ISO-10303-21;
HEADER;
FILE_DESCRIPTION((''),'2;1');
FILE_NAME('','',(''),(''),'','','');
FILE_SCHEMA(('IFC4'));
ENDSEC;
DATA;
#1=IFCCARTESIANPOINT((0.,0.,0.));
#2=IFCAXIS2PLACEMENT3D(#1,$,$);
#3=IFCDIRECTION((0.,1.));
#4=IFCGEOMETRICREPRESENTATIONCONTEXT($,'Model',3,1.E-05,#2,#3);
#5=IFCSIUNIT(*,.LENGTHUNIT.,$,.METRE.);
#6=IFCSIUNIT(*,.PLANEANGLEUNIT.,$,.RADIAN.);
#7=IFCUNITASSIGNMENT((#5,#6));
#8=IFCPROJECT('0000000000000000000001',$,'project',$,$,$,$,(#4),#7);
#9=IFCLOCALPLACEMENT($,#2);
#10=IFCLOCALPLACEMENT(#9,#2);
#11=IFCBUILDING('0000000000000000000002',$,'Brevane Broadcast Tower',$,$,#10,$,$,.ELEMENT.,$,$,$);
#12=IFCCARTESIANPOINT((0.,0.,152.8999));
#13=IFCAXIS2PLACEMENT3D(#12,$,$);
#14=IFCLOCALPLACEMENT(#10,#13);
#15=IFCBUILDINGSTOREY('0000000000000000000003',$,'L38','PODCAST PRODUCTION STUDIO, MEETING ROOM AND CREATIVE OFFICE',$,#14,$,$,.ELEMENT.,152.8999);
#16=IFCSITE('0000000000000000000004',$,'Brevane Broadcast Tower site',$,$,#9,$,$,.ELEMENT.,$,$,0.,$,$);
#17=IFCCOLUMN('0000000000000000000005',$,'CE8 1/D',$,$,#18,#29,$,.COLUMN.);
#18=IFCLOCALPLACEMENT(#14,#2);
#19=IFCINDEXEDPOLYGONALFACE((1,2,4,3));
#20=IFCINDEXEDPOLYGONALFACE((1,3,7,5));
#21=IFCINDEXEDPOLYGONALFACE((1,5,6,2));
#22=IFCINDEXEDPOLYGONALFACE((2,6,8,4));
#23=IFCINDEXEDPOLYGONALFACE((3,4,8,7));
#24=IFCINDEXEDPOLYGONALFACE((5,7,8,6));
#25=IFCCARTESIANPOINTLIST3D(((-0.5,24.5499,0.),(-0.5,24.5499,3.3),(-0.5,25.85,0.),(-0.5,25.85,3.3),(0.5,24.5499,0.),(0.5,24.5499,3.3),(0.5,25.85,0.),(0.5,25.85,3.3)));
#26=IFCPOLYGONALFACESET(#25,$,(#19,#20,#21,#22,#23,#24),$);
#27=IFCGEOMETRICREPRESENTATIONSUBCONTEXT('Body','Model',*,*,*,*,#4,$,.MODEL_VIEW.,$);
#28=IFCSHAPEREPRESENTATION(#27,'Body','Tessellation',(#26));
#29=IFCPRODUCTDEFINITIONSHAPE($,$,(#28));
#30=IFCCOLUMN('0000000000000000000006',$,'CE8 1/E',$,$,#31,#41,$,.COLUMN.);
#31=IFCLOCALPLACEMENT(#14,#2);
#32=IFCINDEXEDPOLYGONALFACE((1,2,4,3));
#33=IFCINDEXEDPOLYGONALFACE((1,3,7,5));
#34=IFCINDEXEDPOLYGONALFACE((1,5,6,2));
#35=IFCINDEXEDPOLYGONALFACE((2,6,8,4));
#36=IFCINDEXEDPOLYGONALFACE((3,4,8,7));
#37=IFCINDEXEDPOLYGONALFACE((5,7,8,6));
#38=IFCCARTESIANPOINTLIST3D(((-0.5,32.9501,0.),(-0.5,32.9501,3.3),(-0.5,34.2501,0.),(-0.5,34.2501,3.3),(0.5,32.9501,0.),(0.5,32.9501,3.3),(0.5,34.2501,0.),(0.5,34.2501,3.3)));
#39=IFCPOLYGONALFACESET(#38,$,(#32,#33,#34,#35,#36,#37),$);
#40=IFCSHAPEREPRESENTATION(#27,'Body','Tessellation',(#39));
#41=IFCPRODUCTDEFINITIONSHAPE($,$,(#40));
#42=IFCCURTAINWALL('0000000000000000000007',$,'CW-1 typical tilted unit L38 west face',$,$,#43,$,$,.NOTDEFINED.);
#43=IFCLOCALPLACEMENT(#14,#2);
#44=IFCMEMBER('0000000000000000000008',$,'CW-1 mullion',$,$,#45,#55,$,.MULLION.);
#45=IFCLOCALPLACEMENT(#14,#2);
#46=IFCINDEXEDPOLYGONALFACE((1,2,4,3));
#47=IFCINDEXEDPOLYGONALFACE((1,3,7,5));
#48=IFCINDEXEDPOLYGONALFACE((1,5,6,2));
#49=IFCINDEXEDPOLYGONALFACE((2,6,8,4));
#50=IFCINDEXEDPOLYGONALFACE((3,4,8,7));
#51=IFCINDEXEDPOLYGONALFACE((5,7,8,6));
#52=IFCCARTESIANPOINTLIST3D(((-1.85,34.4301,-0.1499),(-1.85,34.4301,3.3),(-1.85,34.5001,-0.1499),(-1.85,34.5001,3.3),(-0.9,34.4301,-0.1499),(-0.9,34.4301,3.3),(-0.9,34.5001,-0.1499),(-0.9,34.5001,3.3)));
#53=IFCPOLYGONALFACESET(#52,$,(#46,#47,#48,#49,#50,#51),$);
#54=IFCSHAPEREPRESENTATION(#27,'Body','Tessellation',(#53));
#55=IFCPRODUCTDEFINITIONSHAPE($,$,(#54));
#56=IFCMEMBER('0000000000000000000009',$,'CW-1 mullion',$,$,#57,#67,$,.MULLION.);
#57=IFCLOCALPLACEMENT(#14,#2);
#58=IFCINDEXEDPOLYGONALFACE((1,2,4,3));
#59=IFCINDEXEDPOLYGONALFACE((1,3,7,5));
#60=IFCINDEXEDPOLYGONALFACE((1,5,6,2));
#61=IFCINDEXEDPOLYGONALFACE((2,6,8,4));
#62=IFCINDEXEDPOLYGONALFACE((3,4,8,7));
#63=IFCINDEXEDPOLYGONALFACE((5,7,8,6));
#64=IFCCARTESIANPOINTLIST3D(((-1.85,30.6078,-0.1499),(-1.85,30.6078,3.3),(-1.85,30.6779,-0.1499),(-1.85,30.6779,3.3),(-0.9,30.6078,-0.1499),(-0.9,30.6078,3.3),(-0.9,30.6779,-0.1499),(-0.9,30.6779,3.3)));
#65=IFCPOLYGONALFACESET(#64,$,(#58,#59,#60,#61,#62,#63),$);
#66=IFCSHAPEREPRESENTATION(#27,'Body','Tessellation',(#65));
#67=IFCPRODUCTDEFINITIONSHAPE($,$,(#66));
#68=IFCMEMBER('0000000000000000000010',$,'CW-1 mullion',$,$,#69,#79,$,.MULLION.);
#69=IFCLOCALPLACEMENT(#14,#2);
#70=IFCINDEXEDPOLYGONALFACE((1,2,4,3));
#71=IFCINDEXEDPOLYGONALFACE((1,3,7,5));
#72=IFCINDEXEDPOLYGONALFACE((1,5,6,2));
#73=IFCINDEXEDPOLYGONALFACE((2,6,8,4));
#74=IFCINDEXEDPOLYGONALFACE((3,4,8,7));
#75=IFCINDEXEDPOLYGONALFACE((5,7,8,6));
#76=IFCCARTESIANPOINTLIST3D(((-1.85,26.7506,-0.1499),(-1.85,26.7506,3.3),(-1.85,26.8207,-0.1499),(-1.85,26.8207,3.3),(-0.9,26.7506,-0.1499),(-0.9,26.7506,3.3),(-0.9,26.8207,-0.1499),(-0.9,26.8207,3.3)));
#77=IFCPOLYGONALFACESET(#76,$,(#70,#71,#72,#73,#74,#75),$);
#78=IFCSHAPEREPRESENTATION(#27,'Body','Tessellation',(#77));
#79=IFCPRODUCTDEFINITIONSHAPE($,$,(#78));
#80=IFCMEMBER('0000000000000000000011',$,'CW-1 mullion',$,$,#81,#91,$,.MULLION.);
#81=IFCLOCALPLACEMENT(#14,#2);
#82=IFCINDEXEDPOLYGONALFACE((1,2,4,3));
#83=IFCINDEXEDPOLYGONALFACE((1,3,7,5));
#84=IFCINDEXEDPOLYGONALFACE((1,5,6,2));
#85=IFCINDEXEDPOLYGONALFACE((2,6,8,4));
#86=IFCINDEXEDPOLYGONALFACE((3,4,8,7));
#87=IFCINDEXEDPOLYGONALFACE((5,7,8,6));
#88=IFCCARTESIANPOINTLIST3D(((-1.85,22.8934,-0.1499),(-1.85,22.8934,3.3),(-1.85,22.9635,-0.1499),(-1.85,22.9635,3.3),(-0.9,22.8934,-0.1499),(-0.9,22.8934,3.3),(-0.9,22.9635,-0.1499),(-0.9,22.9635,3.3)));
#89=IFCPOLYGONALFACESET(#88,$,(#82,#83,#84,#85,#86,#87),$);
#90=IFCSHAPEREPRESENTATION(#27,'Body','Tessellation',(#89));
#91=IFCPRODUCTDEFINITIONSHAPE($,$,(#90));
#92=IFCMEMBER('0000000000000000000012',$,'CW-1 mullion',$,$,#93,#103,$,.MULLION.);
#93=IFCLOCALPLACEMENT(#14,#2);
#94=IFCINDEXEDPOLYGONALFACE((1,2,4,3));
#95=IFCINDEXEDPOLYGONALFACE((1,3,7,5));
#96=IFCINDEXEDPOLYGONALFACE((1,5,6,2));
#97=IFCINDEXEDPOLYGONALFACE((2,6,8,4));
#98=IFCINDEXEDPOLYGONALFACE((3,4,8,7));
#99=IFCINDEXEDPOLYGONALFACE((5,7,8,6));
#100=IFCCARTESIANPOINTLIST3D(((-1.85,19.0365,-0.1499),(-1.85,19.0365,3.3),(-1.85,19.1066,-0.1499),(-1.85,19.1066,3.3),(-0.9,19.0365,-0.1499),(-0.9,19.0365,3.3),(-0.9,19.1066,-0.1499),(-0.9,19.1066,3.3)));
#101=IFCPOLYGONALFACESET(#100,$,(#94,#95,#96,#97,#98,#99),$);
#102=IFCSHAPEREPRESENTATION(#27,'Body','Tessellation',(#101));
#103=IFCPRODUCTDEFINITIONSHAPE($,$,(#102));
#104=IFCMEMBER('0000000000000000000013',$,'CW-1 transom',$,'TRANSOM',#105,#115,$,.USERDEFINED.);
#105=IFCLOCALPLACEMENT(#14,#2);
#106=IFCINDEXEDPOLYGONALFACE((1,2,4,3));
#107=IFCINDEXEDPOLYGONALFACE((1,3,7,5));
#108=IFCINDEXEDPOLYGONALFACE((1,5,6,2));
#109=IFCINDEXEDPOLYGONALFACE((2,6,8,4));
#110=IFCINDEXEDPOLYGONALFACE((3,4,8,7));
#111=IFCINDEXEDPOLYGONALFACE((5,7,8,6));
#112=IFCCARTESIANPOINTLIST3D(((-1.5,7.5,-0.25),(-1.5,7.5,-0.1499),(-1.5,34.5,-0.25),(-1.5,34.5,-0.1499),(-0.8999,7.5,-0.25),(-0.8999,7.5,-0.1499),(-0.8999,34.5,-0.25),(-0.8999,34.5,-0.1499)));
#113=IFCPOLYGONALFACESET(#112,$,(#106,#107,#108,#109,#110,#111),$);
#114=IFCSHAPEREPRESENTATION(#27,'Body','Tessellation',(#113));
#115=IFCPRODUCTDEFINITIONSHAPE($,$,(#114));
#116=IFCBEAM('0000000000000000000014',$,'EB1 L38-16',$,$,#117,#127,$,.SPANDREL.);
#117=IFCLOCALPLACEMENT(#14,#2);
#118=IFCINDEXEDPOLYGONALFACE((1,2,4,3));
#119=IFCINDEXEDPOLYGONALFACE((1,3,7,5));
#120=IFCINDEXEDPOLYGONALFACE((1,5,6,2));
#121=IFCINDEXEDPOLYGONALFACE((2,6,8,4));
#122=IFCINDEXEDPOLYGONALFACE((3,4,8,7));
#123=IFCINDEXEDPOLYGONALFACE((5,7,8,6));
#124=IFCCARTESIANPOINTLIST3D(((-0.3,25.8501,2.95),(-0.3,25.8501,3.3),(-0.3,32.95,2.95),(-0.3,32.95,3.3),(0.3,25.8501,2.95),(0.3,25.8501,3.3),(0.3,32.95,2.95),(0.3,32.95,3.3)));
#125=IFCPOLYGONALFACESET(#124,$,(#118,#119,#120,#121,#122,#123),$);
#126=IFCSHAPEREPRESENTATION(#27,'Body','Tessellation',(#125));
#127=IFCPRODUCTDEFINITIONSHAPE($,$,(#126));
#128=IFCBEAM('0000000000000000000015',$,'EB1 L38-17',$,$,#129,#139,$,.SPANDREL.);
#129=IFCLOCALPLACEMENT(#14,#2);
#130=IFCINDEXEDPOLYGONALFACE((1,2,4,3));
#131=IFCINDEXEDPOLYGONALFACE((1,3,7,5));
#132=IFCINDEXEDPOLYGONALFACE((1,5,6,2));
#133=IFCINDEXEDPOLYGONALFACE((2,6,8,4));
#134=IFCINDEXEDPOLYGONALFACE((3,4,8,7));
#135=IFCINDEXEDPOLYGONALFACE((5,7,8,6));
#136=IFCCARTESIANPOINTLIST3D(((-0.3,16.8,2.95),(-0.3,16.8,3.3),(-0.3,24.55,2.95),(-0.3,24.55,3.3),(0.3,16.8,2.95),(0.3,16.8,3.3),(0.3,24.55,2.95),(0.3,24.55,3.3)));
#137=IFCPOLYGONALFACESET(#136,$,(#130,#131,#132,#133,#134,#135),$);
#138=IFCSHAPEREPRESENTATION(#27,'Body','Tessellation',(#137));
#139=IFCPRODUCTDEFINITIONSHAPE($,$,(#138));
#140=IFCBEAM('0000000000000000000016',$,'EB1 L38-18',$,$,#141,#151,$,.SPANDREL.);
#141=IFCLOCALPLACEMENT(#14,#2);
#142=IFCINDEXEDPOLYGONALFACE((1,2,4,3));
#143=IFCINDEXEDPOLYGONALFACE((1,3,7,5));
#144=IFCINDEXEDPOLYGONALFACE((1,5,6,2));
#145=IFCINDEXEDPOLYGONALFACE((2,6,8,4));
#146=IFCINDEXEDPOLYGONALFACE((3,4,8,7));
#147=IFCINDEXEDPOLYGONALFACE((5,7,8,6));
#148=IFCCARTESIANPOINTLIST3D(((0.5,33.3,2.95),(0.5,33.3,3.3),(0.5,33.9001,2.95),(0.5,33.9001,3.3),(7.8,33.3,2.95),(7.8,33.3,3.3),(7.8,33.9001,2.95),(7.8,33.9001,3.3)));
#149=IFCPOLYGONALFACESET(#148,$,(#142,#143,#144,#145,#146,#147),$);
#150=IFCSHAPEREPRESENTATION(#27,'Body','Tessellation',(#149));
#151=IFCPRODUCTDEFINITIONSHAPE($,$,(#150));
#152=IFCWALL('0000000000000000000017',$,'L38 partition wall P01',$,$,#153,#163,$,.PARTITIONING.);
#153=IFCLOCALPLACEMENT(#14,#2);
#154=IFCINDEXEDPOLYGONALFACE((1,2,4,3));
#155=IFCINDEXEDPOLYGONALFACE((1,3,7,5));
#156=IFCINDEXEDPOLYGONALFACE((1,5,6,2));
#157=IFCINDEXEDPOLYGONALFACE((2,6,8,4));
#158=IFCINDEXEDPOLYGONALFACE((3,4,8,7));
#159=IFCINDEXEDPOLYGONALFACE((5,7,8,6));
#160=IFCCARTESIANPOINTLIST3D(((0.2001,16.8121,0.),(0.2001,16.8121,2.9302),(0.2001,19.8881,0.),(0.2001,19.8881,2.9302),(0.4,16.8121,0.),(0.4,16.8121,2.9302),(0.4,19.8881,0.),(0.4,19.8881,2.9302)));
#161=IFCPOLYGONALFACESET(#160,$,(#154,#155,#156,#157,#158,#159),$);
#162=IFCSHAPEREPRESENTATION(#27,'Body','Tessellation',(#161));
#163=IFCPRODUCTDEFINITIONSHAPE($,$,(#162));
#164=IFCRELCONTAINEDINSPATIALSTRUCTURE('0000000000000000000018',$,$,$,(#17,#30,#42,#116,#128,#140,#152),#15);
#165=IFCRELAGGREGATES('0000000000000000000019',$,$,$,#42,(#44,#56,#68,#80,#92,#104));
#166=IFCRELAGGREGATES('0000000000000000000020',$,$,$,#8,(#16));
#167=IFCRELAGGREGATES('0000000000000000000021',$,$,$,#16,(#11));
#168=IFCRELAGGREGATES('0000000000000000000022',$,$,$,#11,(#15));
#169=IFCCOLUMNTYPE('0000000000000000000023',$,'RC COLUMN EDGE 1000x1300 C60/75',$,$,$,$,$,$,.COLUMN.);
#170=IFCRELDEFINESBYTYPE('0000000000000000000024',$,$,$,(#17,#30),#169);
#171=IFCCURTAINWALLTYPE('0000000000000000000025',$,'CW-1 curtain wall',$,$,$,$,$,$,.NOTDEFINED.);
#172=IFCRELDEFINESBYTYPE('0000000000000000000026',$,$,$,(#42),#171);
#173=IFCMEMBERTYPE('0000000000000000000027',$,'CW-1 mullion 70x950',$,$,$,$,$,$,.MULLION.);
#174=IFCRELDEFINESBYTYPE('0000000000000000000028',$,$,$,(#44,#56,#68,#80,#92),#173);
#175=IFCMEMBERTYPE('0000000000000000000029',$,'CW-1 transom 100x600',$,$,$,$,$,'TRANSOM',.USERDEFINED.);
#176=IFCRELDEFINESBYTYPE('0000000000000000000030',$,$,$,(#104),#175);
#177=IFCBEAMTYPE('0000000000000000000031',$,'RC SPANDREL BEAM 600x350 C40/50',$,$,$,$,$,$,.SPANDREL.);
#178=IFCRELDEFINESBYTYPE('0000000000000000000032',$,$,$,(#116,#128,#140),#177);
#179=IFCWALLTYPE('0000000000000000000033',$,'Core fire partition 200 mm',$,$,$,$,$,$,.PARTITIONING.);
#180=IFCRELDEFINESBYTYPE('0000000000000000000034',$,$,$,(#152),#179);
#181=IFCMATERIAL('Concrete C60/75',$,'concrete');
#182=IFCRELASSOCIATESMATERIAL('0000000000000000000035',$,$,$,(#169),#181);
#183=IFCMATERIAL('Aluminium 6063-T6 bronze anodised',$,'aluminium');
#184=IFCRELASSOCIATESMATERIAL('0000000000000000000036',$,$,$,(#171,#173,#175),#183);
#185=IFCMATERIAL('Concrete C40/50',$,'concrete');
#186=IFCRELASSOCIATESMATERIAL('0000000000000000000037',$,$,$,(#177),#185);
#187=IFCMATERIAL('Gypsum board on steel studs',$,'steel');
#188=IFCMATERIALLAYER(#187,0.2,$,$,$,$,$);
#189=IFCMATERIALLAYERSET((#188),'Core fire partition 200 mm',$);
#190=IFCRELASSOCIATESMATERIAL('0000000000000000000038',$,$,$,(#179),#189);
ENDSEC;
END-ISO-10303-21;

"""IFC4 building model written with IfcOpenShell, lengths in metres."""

from ifc_helpers import new_model, si_unit, direction, frame, frame_2d, origin, origin_2d, place, context, subcontext, project, spatial, rectangle, extrude, material, layer, layer_set, material_profile, profile_set, type_object, element, aggregate, save


model = new_model("IFC4")

# Units and contexts
model_context = context("Model", 3, precision=1e-05, world=origin(), true_north=direction((0.0, 1.0)))
body_context = subcontext(model_context, "Body", "Model", "MODEL_VIEW")
ifc_project = project(units=[si_unit("LENGTHUNIT", "METRE"), si_unit("PLANEANGLEUNIT", "RADIAN")], contexts=[model_context])

# Site, building, storey
site_placement = place(None, origin())
site = spatial("IfcSite", under=ifc_project, at=site_placement, Name="Brevane Broadcast Tower site", CompositionType="ELEMENT", RefElevation=0.0)
building_placement = place(site_placement, origin())
building = spatial("IfcBuilding", under=site, at=building_placement, Name="Brevane Broadcast Tower", CompositionType="ELEMENT")
storey_placement = place(building_placement, frame((0.0, 0.0, 152.8999)))
storey = spatial("IfcBuildingStorey", under=building, at=storey_placement, Name="L38", Description="PODCAST PRODUCTION STUDIO, MEETING ROOM AND CREATIVE OFFICE", CompositionType="ELEMENT", Elevation=152.8999)

# Columns
ifc_material_1 = material(Name="Concrete C60/75", Category="concrete")
ifc_material_profile_1 = material_profile(ifc_material_1, rectangle(XDim=1.0, YDim=1.3, at=origin_2d()), Name="RC 1000x1300")
ifc_profile_set_1 = profile_set([ifc_material_profile_1], Name="Concrete C60/75")
column_type = type_object("IfcColumnType", Name="RC COLUMN EDGE 1000x1300 C60/75", PredefinedType="COLUMN", material=ifc_profile_set_1)
for number, where, z_axis, x_axis, name in (
    (1, (0.0, 25.2, 0.0), (0.0, 0.0, 1.0), (1.0, 0.0, 0.0), "CE8 1/D"),
    (2, (0.0, 33.6001, 0.0), (0.0, 0.0, 1.0), (1.0, 0.0, 0.0), "CE8 1/E"),
):
    element("IfcColumn", number, at=place(storey_placement, frame(where, z_axis=z_axis, x_axis=x_axis)), inside=storey, type_object=column_type, Name=name, PredefinedType="COLUMN", context=body_context, shape_type="SweptSolid", body=[
        extrude(rectangle(XDim=1.0, YDim=1.3, at=origin_2d()), origin(), (0.0, 0.0, 1.0), 3.3),
    ])

# Curtain wall, members
ifc_material_2 = material(Name="Aluminium 6063-T6 bronze anodised", Category="aluminium")
curtain_wall_type = type_object("IfcCurtainWallType", Name="CW-1 curtain wall", PredefinedType="NOTDEFINED", material=ifc_material_2)
curtain_wall_placement = place(storey_placement, origin())
curtain_wall = element("IfcCurtainWall", 3, at=curtain_wall_placement, inside=storey, type_object=curtain_wall_type, Name="CW-1 typical tilted unit L38 west face", PredefinedType="NOTDEFINED")
ifc_material_profile_2 = material_profile(ifc_material_2, rectangle(XDim=0.95, YDim=0.0701, at=origin_2d()), Name="RECT 70x950")
ifc_profile_set_2 = profile_set([ifc_material_profile_2], Name="Aluminium 6063-T6 bronze anodised")
member_type_1 = type_object("IfcMemberType", Name="CW-1 mullion 70x950", PredefinedType="MULLION", material=ifc_profile_set_2)
member_1_placement = place(storey_placement, frame((-1.375, 34.4651, -0.1499), z_axis=(0.0, 0.0, 1.0), x_axis=(1.0, 0.0, 0.0)))
member_1 = element("IfcMember", 4, at=member_1_placement, type_object=member_type_1, Name="CW-1 mullion", PredefinedType="MULLION", context=body_context, shape_type="SweptSolid", body=[
    extrude(rectangle(XDim=0.95, YDim=0.0701, at=origin_2d()), origin(), (0.0, 0.0, 1.0), 3.45),
])
member_2_placement = place(storey_placement, frame((-1.375, 30.6428, -0.1499), z_axis=(0.0, 0.0, 1.0), x_axis=(1.0, 0.0, 0.0)))
member_2 = element("IfcMember", 5, at=member_2_placement, type_object=member_type_1, Name="CW-1 mullion", PredefinedType="MULLION", context=body_context, shape_type="SweptSolid", body=[
    extrude(rectangle(XDim=0.95, YDim=0.0701, at=origin_2d()), origin(), (0.0, 0.0, 1.0), 3.45),
])
member_3_placement = place(storey_placement, frame((-1.375, 26.7856, -0.1499), z_axis=(0.0, 0.0, 1.0), x_axis=(1.0, 0.0, 0.0)))
member_3 = element("IfcMember", 6, at=member_3_placement, type_object=member_type_1, Name="CW-1 mullion", PredefinedType="MULLION", context=body_context, shape_type="SweptSolid", body=[
    extrude(rectangle(XDim=0.95, YDim=0.0701, at=origin_2d()), origin(), (0.0, 0.0, 1.0), 3.45),
])
member_4_placement = place(storey_placement, frame((-1.375, 22.9285, -0.1499), z_axis=(0.0, 0.0, 1.0), x_axis=(1.0, 0.0, 0.0)))
member_4 = element("IfcMember", 7, at=member_4_placement, type_object=member_type_1, Name="CW-1 mullion", PredefinedType="MULLION", context=body_context, shape_type="SweptSolid", body=[
    extrude(rectangle(XDim=0.95, YDim=0.0701, at=origin_2d()), origin(), (0.0, 0.0, 1.0), 3.45),
])
member_5_placement = place(storey_placement, frame((-1.375, 19.0715, -0.1499), z_axis=(0.0, 0.0, 1.0), x_axis=(1.0, 0.0, 0.0)))
member_5 = element("IfcMember", 8, at=member_5_placement, type_object=member_type_1, Name="CW-1 mullion", PredefinedType="MULLION", context=body_context, shape_type="SweptSolid", body=[
    extrude(rectangle(XDim=0.95, YDim=0.0701, at=origin_2d()), origin(), (0.0, 0.0, 1.0), 3.45),
])
ifc_material_profile_3 = material_profile(ifc_material_2, rectangle(XDim=0.6001, YDim=0.1001, at=origin_2d()), Name="RECT 100x600")
ifc_profile_set_3 = profile_set([ifc_material_profile_3], Name="Aluminium 6063-T6 bronze anodised")
member_type_2 = type_object("IfcMemberType", Name="CW-1 transom 100x600", ElementType="TRANSOM", PredefinedType="USERDEFINED", material=ifc_profile_set_3)
member_6_placement = place(storey_placement, frame((-1.2, 34.5, -0.2), z_axis=(0.0, -1.0, 0.0), x_axis=(1.0, 0.0, 0.0)))
member_6 = element("IfcMember", 9, at=member_6_placement, type_object=member_type_2, Name="CW-1 transom", ObjectType="TRANSOM", PredefinedType="USERDEFINED", context=body_context, shape_type="SweptSolid", body=[
    extrude(rectangle(XDim=0.6001, YDim=0.1001, at=origin_2d()), origin(), (0.0, 0.0, 1.0), 27.0),
])
aggregate(curtain_wall, [member_1, member_2, member_3, member_4, member_5, member_6])

# Beams
ifc_material_3 = material(Name="Concrete C40/50", Category="concrete")
ifc_material_profile_4 = material_profile(ifc_material_3, rectangle(XDim=0.6001, YDim=0.3501, at=origin_2d()), Name="RC 600x350")
ifc_profile_set_4 = profile_set([ifc_material_profile_4], Name="Concrete C40/50")
beam_type = type_object("IfcBeamType", Name="RC SPANDREL BEAM 600x350 C40/50", PredefinedType="SPANDREL", material=ifc_profile_set_4)
beam_1_placement = place(storey_placement, frame((0.0, 32.95, 3.125), z_axis=(0.0, -1.0, 0.0), x_axis=(1.0, 0.0, 0.0)))
element("IfcBeam", 10, at=beam_1_placement, inside=storey, type_object=beam_type, Name="EB1 L38-16", PredefinedType="SPANDREL", context=body_context, shape_type="SweptSolid", body=[
    extrude(rectangle(XDim=0.6001, YDim=0.3501, at=origin_2d()), origin(), (0.0, 0.0, 1.0), 7.0999),
])
beam_2_placement = place(storey_placement, frame((0.0, 24.55, 3.125), z_axis=(0.0, -1.0, 0.0), x_axis=(1.0, 0.0, 0.0)))
element("IfcBeam", 11, at=beam_2_placement, inside=storey, type_object=beam_type, Name="EB1 L38-17", PredefinedType="SPANDREL", context=body_context, shape_type="SweptSolid", body=[
    extrude(rectangle(XDim=0.6001, YDim=0.3501, at=origin_2d()), origin(), (0.0, 0.0, 1.0), 7.75),
])
beam_3_placement = place(storey_placement, frame((0.5, 33.6001, 3.125), z_axis=(1.0, 0.0, 0.0), x_axis=(0.0, 1.0, 0.0)))
element("IfcBeam", 12, at=beam_3_placement, inside=storey, type_object=beam_type, Name="EB1 L38-18", PredefinedType="SPANDREL", context=body_context, shape_type="SweptSolid", body=[
    extrude(rectangle(XDim=0.6001, YDim=0.3501, at=origin_2d()), origin(), (0.0, 0.0, 1.0), 7.3),
])

# Wall
ifc_material_4 = material(Name="Gypsum board on steel studs", Category="steel")
ifc_layer_1 = layer(ifc_material_4, 0.2)
ifc_layer_set_1 = layer_set([ifc_layer_1], Name="Core fire partition 200 mm")
wall_type_1 = type_object("IfcWallType", Name="Core fire partition 200 mm", PredefinedType="PARTITIONING", material=ifc_layer_set_1)
wall_1_placement = place(storey_placement, frame((0.3, 16.812, 0.0), z_axis=(0.0, 0.0, 1.0), x_axis=(0.0, 1.0, 0.0)))
element("IfcWall", 13, at=wall_1_placement, inside=storey, type_object=wall_type_1, Name="L38 partition wall P01", PredefinedType="PARTITIONING", context=body_context, shape_type="SweptSolid", body=[
    extrude(rectangle(XDim=3.0759, YDim=0.2, at=frame_2d((1.5381, 0.0))), origin(), (0.0, 0.0, 1.0), 2.9302),
])

save(model, "model.ifc")
